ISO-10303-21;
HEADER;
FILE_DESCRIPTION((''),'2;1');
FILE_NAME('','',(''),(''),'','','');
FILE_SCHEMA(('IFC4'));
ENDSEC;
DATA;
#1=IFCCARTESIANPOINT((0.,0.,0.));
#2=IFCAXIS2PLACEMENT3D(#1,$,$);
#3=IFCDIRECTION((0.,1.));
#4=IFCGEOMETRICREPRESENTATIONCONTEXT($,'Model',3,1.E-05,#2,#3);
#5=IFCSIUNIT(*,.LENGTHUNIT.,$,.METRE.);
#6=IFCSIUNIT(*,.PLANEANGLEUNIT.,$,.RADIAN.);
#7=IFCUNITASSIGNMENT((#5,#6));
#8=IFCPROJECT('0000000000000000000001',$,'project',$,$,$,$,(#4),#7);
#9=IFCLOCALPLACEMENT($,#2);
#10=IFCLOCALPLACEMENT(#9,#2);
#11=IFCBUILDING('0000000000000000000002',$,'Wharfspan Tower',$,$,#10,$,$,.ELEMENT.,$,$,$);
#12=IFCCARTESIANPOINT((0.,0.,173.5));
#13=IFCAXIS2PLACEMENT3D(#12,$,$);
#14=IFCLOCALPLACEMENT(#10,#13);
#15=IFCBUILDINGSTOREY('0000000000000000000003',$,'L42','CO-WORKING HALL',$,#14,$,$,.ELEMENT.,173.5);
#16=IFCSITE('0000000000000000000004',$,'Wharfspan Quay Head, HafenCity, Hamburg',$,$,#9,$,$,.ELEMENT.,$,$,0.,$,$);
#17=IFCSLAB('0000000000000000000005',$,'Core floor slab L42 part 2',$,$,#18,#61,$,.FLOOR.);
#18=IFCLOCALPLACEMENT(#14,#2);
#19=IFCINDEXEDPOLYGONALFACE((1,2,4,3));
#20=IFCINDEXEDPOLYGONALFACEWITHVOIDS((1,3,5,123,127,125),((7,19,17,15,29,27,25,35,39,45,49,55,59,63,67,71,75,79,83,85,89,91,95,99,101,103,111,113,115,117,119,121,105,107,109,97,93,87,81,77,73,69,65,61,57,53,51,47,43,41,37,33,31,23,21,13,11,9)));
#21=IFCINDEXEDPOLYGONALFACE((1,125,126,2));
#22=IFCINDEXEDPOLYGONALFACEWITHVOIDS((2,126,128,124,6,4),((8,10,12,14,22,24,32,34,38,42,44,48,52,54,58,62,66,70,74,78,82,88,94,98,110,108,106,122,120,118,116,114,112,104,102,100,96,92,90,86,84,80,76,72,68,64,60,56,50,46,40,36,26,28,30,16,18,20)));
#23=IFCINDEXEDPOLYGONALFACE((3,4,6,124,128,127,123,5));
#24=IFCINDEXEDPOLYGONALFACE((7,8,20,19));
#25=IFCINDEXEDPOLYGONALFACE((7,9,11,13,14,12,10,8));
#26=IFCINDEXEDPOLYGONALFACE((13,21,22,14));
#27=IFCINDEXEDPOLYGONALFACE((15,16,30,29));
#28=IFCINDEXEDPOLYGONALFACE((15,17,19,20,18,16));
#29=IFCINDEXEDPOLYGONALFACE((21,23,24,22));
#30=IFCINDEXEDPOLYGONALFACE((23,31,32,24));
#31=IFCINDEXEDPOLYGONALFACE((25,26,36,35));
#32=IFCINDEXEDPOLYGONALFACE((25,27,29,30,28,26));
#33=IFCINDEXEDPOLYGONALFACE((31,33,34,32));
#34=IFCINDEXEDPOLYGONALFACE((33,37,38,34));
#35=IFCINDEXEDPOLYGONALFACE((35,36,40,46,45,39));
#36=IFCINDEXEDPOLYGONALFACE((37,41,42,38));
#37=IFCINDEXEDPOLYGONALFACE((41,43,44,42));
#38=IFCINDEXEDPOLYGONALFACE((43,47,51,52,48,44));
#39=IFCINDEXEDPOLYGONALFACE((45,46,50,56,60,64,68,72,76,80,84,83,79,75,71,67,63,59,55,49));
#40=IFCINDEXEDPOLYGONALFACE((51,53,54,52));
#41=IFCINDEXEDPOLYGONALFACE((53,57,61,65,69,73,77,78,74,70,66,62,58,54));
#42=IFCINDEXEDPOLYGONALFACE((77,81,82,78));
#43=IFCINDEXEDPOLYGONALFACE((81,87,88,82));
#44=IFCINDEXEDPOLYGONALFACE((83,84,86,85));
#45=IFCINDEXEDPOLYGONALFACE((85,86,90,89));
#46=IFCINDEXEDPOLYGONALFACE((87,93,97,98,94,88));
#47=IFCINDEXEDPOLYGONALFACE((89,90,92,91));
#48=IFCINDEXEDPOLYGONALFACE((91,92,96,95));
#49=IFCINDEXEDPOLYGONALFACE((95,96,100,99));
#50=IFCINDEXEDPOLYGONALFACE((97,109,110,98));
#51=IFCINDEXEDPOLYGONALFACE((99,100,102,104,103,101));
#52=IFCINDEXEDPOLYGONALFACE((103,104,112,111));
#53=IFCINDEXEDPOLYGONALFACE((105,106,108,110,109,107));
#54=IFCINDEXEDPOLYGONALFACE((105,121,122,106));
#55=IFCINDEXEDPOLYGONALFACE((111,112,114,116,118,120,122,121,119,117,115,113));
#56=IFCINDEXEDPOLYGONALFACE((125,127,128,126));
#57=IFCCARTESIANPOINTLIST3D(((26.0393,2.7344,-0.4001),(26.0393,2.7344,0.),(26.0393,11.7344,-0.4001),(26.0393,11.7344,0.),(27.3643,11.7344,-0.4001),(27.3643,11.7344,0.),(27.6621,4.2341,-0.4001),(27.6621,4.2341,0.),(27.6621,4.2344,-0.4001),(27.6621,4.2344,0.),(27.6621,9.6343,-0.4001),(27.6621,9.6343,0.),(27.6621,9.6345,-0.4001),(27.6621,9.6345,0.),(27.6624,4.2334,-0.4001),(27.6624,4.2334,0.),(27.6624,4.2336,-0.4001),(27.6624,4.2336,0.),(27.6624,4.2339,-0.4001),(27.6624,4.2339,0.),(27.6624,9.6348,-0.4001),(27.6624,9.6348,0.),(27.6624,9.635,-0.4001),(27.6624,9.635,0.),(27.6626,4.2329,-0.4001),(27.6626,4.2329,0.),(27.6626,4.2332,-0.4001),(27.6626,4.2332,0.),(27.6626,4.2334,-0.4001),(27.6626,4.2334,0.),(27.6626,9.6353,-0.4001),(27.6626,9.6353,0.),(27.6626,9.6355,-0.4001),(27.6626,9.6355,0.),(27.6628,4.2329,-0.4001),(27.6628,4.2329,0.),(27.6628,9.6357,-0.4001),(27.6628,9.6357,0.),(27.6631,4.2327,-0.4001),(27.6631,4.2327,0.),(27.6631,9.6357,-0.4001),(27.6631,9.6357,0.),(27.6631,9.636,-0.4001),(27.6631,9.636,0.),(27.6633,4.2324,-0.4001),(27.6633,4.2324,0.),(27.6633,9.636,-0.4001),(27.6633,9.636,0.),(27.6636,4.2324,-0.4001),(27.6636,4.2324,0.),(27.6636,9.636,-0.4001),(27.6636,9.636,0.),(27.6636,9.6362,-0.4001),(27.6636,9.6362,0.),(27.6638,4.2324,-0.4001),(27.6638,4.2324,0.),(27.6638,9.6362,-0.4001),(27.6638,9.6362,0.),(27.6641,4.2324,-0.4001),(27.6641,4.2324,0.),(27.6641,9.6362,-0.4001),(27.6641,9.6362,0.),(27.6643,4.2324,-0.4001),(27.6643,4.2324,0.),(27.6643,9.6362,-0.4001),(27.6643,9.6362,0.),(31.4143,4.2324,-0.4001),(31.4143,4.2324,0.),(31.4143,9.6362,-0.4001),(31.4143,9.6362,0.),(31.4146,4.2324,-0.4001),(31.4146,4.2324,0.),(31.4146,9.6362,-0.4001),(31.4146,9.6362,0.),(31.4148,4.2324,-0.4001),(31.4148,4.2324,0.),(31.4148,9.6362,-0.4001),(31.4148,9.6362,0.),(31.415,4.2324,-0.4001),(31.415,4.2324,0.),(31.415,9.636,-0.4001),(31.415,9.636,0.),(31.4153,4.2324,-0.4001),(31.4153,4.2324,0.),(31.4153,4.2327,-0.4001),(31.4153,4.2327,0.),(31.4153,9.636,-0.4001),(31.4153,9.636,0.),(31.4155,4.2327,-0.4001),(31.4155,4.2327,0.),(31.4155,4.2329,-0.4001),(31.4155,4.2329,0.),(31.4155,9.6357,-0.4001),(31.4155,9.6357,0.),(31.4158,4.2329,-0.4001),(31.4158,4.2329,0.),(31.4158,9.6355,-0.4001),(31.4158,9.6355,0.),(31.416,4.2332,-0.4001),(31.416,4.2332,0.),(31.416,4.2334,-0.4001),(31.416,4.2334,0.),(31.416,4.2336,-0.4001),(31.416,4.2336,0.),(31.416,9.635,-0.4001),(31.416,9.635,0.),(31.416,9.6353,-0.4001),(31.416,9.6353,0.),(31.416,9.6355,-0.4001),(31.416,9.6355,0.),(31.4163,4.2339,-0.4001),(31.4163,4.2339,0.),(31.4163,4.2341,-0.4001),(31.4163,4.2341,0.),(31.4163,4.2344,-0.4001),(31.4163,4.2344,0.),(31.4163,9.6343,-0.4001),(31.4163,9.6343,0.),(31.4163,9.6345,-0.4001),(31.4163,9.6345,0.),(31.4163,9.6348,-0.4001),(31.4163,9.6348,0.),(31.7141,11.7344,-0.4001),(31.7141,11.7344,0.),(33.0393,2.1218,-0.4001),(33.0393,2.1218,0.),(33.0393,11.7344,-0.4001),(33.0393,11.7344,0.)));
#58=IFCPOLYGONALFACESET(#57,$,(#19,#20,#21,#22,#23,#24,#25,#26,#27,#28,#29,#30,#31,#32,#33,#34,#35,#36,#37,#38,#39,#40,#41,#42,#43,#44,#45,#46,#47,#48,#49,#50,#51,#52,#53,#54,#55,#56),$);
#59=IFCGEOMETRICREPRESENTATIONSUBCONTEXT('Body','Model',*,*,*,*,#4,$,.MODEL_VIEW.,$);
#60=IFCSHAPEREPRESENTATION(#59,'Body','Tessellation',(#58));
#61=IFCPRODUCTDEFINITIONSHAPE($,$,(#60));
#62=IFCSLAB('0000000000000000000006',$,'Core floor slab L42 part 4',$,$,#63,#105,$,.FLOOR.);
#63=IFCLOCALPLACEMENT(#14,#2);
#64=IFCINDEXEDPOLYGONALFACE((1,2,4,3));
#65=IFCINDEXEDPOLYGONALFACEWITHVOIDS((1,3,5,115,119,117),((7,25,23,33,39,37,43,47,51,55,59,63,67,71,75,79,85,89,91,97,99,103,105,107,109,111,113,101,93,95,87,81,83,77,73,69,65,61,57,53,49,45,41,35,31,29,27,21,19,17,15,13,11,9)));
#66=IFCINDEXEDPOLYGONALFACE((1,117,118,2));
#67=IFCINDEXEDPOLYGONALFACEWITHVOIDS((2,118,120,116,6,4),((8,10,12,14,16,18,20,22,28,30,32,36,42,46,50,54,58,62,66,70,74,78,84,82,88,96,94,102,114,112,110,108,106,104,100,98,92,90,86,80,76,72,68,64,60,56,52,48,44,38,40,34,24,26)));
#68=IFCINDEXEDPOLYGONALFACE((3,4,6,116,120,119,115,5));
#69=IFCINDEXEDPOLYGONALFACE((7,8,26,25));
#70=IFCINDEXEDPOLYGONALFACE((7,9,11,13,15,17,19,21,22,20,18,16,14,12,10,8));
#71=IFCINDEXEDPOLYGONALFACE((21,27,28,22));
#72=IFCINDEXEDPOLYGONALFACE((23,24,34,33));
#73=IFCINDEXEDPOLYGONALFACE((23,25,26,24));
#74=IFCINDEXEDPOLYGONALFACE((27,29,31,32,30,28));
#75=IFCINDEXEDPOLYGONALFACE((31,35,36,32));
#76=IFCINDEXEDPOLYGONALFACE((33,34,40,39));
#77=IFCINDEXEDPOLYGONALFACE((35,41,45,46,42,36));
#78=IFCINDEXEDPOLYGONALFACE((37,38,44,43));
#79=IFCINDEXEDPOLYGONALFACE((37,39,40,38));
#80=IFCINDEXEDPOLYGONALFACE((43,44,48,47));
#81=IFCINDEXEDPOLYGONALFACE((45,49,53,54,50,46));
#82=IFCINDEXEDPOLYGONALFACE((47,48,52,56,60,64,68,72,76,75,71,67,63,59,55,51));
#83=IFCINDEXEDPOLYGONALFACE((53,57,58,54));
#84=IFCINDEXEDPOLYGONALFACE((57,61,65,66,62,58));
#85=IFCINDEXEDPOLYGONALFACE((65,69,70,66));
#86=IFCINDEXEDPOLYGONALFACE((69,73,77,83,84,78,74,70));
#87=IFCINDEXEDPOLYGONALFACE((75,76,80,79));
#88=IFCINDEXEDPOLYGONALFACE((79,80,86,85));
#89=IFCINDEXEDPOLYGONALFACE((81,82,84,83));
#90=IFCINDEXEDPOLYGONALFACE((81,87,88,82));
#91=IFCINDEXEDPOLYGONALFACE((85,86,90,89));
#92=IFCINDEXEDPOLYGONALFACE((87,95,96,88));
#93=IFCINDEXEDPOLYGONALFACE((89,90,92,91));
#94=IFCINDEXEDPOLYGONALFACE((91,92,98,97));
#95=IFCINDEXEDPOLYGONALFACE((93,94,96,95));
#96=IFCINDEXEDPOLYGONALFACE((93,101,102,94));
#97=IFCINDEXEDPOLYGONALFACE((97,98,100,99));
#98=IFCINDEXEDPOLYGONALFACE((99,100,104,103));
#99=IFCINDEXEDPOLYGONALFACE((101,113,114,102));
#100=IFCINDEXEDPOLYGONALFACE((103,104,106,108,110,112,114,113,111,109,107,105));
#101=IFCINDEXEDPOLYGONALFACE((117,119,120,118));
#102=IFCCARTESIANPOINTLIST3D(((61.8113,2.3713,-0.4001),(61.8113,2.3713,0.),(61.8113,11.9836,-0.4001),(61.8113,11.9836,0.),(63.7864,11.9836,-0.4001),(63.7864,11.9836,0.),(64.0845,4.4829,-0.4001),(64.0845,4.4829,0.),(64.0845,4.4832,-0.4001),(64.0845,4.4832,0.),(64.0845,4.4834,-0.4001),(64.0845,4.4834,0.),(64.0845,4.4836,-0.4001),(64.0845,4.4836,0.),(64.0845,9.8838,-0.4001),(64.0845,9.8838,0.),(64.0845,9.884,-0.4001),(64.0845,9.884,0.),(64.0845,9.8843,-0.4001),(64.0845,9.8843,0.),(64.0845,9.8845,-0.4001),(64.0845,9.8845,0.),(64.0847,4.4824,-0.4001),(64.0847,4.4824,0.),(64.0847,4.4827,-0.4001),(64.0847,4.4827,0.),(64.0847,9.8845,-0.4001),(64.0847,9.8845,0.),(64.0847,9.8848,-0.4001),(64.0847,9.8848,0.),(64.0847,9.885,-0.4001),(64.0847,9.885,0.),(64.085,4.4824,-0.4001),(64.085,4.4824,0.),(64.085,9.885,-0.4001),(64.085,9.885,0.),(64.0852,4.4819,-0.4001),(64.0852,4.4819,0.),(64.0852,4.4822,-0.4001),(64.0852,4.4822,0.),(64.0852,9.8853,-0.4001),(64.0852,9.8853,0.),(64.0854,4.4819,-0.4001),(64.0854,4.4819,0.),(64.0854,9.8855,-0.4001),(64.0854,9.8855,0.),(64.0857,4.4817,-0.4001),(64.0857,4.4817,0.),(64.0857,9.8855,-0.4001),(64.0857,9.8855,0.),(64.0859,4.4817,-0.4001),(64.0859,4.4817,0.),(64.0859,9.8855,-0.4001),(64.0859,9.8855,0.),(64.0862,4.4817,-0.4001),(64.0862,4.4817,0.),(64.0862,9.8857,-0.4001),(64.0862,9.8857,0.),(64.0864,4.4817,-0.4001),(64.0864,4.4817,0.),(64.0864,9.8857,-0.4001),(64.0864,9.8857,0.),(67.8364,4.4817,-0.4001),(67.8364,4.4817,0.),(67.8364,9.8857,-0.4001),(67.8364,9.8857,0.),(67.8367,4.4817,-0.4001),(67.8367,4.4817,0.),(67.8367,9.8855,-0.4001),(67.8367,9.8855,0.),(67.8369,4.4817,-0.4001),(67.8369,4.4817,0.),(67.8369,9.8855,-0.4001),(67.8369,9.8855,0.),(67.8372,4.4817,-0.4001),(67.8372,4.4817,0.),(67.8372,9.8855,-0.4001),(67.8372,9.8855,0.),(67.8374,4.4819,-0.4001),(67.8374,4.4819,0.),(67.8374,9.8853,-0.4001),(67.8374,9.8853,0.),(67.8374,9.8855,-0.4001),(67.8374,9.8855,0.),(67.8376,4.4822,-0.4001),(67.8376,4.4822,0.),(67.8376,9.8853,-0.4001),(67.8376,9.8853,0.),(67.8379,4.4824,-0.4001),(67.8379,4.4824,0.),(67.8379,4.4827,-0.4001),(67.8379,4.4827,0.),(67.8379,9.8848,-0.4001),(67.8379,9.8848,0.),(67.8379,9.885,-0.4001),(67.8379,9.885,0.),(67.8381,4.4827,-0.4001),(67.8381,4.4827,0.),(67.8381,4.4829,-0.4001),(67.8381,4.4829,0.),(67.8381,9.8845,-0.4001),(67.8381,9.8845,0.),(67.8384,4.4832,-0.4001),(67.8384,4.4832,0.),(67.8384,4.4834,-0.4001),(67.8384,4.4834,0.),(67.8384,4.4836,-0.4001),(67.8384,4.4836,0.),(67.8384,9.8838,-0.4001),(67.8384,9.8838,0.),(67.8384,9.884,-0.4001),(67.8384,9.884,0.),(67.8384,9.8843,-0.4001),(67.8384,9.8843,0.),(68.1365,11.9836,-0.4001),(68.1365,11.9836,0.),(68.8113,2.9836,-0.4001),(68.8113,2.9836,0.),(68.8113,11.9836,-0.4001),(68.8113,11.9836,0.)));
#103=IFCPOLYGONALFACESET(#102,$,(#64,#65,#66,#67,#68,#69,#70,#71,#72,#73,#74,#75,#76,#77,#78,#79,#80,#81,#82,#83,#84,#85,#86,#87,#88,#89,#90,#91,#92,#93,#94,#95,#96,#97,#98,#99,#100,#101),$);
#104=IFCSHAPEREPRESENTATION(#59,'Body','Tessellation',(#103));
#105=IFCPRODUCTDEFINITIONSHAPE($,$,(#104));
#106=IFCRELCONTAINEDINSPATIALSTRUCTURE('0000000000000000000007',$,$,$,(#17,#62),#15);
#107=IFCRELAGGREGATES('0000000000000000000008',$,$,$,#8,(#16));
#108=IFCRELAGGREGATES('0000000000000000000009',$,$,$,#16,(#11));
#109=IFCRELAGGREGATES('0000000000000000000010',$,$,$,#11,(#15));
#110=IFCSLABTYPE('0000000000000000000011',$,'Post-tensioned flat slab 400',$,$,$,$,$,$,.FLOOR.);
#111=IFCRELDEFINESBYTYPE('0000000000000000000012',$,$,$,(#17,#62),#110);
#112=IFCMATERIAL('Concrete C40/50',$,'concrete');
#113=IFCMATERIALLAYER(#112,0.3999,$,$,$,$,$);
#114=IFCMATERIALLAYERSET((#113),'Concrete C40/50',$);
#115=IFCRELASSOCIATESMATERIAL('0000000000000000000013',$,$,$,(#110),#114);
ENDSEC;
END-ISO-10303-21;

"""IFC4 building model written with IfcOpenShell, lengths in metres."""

from ifc_helpers import new_model, si_unit, direction, frame, origin, place, context, subcontext, project, spatial, polyline, outline, extrude, material, layer, layer_set, type_object, element, save


model = new_model("IFC4")

# Units and contexts
model_context = context("Model", 3, precision=1e-05, world=origin(), true_north=direction((0.0, 1.0)))
body_context = subcontext(model_context, "Body", "Model", "MODEL_VIEW")
ifc_project = project(units=[si_unit("LENGTHUNIT", "METRE"), si_unit("PLANEANGLEUNIT", "RADIAN")], contexts=[model_context])

# Site, building, storey
site_placement = place(None, origin())
site = spatial("IfcSite", under=ifc_project, at=site_placement, Name="Wharfspan Quay Head, HafenCity, Hamburg", CompositionType="ELEMENT", RefElevation=0.0)
building_placement = place(site_placement, origin())
building = spatial("IfcBuilding", under=site, at=building_placement, Name="Wharfspan Tower", CompositionType="ELEMENT")
storey_placement = place(building_placement, frame((0.0, 0.0, 173.5)))
storey = spatial("IfcBuildingStorey", under=building, at=storey_placement, Name="L42", Description="CO-WORKING HALL", CompositionType="ELEMENT", Elevation=173.5)

# Slabs
ifc_material_1 = material(Name="Concrete C40/50", Category="concrete")
ifc_layer_1 = layer(ifc_material_1, 0.3999)
ifc_layer_set_1 = layer_set([ifc_layer_1], Name="Concrete C40/50")
slab_type_1 = type_object("IfcSlabType", Name="Post-tensioned flat slab 400", PredefinedType="FLOOR", material=ifc_layer_set_1)
slab_1_placement = place(storey_placement, frame((0.0, 0.0, -0.4001)))
element("IfcSlab", 1, at=slab_1_placement, inside=storey, type_object=slab_type_1, Name="Core floor slab L42 part 2", PredefinedType="FLOOR", context=body_context, shape_type="SweptSolid", body=[
    extrude(outline(polyline([(31.7141, 11.7344), (27.3643, 11.7344), (26.0393, 11.7344), (26.0393, 2.7344), (33.0393, 2.1218), (33.0393, 11.7344), (31.7141, 11.7344)]), holes=[polyline([(27.6621, 9.6343), (27.6621, 9.6345), (27.6624, 9.6348), (27.6624, 9.635), (27.6624, 9.635), (27.6626, 9.6353), (27.6626, 9.6355), (27.6626, 9.6355), (27.6628, 9.6357), (27.6631, 9.6357), (27.6631, 9.636), (27.6633, 9.636), (27.6636, 9.636), (27.6636, 9.6362), (27.6638, 9.6362), (27.6641, 9.6362), (27.6643, 9.6362), (31.4143, 9.6362), (31.4143, 9.6362), (31.4146, 9.6362), (31.4148, 9.6362), (31.415, 9.636), (31.4153, 9.636), (31.4153, 9.636), (31.4155, 9.6357), (31.4155, 9.6357), (31.4158, 9.6355), (31.416, 9.6355), (31.416, 9.6353), (31.416, 9.635), (31.416, 9.635), (31.4163, 9.6348), (31.4163, 9.6345), (31.4163, 9.6343), (31.4163, 4.2344), (31.4163, 4.2341), (31.4163, 4.2339), (31.416, 4.2336), (31.416, 4.2334), (31.416, 4.2334), (31.416, 4.2332), (31.4158, 4.2329), (31.4155, 4.2329), (31.4155, 4.2327), (31.4153, 4.2327), (31.4153, 4.2324), (31.415, 4.2324), (31.4148, 4.2324), (31.4146, 4.2324), (31.4143, 4.2324), (31.4143, 4.2324), (27.6643, 4.2324), (27.6641, 4.2324), (27.6638, 4.2324), (27.6636, 4.2324), (27.6636, 4.2324), (27.6633, 4.2324), (27.6631, 4.2327), (27.6631, 4.2327), (27.6628, 4.2329), (27.6626, 4.2329), (27.6626, 4.2332), (27.6626, 4.2334), (27.6624, 4.2334), (27.6624, 4.2336), (27.6624, 4.2339), (27.6621, 4.2341), (27.6621, 4.2344), (27.6621, 9.6343)])]), origin(), (0.0, 0.0, 1.0), 0.4001),
])
slab_2_placement = place(storey_placement, frame((0.0, 0.0, -0.4001)))
element("IfcSlab", 2, at=slab_2_placement, inside=storey, type_object=slab_type_1, Name="Core floor slab L42 part 4", PredefinedType="FLOOR", context=body_context, shape_type="SweptSolid", body=[
    extrude(outline(polyline([(68.8113, 11.9836), (68.1365, 11.9836), (63.7864, 11.9836), (61.8113, 11.9836), (61.8113, 2.3713), (68.8113, 2.9836), (68.8113, 11.9836)]), holes=[polyline([(64.0845, 9.8838), (64.0845, 9.8838), (64.0845, 9.884), (64.0845, 9.8843), (64.0845, 9.8845), (64.0847, 9.8845), (64.0847, 9.8848), (64.0847, 9.885), (64.085, 9.885), (64.0852, 9.8853), (64.0852, 9.8853), (64.0854, 9.8855), (64.0857, 9.8855), (64.0857, 9.8855), (64.0859, 9.8855), (64.0862, 9.8857), (64.0864, 9.8857), (67.8364, 9.8857), (67.8364, 9.8857), (67.8367, 9.8855), (67.8369, 9.8855), (67.8372, 9.8855), (67.8374, 9.8855), (67.8374, 9.8853), (67.8376, 9.8853), (67.8379, 9.885), (67.8379, 9.885), (67.8379, 9.8848), (67.8381, 9.8845), (67.8381, 9.8845), (67.8384, 9.8843), (67.8384, 9.884), (67.8384, 9.8838), (67.8384, 9.8838), (67.8384, 4.4836), (67.8384, 4.4834), (67.8384, 4.4834), (67.8384, 4.4832), (67.8381, 4.4829), (67.8381, 4.4827), (67.8379, 4.4827), (67.8379, 4.4824), (67.8379, 4.4824), (67.8376, 4.4822), (67.8374, 4.4819), (67.8374, 4.4819), (67.8372, 4.4817), (67.8369, 4.4817), (67.8367, 4.4817), (67.8364, 4.4817), (67.8364, 4.4817), (64.0864, 4.4817), (64.0862, 4.4817), (64.0859, 4.4817), (64.0857, 4.4817), (64.0857, 4.4817), (64.0854, 4.4819), (64.0852, 4.4819), (64.0852, 4.4822), (64.085, 4.4824), (64.0847, 4.4824), (64.0847, 4.4827), (64.0847, 4.4827), (64.0845, 4.4829), (64.0845, 4.4832), (64.0845, 4.4834), (64.0845, 4.4834), (64.0845, 4.4836), (64.0845, 9.8838)])]), origin(), (0.0, 0.0, 1.0), 0.4001),
])

save(model, "model.ifc")
